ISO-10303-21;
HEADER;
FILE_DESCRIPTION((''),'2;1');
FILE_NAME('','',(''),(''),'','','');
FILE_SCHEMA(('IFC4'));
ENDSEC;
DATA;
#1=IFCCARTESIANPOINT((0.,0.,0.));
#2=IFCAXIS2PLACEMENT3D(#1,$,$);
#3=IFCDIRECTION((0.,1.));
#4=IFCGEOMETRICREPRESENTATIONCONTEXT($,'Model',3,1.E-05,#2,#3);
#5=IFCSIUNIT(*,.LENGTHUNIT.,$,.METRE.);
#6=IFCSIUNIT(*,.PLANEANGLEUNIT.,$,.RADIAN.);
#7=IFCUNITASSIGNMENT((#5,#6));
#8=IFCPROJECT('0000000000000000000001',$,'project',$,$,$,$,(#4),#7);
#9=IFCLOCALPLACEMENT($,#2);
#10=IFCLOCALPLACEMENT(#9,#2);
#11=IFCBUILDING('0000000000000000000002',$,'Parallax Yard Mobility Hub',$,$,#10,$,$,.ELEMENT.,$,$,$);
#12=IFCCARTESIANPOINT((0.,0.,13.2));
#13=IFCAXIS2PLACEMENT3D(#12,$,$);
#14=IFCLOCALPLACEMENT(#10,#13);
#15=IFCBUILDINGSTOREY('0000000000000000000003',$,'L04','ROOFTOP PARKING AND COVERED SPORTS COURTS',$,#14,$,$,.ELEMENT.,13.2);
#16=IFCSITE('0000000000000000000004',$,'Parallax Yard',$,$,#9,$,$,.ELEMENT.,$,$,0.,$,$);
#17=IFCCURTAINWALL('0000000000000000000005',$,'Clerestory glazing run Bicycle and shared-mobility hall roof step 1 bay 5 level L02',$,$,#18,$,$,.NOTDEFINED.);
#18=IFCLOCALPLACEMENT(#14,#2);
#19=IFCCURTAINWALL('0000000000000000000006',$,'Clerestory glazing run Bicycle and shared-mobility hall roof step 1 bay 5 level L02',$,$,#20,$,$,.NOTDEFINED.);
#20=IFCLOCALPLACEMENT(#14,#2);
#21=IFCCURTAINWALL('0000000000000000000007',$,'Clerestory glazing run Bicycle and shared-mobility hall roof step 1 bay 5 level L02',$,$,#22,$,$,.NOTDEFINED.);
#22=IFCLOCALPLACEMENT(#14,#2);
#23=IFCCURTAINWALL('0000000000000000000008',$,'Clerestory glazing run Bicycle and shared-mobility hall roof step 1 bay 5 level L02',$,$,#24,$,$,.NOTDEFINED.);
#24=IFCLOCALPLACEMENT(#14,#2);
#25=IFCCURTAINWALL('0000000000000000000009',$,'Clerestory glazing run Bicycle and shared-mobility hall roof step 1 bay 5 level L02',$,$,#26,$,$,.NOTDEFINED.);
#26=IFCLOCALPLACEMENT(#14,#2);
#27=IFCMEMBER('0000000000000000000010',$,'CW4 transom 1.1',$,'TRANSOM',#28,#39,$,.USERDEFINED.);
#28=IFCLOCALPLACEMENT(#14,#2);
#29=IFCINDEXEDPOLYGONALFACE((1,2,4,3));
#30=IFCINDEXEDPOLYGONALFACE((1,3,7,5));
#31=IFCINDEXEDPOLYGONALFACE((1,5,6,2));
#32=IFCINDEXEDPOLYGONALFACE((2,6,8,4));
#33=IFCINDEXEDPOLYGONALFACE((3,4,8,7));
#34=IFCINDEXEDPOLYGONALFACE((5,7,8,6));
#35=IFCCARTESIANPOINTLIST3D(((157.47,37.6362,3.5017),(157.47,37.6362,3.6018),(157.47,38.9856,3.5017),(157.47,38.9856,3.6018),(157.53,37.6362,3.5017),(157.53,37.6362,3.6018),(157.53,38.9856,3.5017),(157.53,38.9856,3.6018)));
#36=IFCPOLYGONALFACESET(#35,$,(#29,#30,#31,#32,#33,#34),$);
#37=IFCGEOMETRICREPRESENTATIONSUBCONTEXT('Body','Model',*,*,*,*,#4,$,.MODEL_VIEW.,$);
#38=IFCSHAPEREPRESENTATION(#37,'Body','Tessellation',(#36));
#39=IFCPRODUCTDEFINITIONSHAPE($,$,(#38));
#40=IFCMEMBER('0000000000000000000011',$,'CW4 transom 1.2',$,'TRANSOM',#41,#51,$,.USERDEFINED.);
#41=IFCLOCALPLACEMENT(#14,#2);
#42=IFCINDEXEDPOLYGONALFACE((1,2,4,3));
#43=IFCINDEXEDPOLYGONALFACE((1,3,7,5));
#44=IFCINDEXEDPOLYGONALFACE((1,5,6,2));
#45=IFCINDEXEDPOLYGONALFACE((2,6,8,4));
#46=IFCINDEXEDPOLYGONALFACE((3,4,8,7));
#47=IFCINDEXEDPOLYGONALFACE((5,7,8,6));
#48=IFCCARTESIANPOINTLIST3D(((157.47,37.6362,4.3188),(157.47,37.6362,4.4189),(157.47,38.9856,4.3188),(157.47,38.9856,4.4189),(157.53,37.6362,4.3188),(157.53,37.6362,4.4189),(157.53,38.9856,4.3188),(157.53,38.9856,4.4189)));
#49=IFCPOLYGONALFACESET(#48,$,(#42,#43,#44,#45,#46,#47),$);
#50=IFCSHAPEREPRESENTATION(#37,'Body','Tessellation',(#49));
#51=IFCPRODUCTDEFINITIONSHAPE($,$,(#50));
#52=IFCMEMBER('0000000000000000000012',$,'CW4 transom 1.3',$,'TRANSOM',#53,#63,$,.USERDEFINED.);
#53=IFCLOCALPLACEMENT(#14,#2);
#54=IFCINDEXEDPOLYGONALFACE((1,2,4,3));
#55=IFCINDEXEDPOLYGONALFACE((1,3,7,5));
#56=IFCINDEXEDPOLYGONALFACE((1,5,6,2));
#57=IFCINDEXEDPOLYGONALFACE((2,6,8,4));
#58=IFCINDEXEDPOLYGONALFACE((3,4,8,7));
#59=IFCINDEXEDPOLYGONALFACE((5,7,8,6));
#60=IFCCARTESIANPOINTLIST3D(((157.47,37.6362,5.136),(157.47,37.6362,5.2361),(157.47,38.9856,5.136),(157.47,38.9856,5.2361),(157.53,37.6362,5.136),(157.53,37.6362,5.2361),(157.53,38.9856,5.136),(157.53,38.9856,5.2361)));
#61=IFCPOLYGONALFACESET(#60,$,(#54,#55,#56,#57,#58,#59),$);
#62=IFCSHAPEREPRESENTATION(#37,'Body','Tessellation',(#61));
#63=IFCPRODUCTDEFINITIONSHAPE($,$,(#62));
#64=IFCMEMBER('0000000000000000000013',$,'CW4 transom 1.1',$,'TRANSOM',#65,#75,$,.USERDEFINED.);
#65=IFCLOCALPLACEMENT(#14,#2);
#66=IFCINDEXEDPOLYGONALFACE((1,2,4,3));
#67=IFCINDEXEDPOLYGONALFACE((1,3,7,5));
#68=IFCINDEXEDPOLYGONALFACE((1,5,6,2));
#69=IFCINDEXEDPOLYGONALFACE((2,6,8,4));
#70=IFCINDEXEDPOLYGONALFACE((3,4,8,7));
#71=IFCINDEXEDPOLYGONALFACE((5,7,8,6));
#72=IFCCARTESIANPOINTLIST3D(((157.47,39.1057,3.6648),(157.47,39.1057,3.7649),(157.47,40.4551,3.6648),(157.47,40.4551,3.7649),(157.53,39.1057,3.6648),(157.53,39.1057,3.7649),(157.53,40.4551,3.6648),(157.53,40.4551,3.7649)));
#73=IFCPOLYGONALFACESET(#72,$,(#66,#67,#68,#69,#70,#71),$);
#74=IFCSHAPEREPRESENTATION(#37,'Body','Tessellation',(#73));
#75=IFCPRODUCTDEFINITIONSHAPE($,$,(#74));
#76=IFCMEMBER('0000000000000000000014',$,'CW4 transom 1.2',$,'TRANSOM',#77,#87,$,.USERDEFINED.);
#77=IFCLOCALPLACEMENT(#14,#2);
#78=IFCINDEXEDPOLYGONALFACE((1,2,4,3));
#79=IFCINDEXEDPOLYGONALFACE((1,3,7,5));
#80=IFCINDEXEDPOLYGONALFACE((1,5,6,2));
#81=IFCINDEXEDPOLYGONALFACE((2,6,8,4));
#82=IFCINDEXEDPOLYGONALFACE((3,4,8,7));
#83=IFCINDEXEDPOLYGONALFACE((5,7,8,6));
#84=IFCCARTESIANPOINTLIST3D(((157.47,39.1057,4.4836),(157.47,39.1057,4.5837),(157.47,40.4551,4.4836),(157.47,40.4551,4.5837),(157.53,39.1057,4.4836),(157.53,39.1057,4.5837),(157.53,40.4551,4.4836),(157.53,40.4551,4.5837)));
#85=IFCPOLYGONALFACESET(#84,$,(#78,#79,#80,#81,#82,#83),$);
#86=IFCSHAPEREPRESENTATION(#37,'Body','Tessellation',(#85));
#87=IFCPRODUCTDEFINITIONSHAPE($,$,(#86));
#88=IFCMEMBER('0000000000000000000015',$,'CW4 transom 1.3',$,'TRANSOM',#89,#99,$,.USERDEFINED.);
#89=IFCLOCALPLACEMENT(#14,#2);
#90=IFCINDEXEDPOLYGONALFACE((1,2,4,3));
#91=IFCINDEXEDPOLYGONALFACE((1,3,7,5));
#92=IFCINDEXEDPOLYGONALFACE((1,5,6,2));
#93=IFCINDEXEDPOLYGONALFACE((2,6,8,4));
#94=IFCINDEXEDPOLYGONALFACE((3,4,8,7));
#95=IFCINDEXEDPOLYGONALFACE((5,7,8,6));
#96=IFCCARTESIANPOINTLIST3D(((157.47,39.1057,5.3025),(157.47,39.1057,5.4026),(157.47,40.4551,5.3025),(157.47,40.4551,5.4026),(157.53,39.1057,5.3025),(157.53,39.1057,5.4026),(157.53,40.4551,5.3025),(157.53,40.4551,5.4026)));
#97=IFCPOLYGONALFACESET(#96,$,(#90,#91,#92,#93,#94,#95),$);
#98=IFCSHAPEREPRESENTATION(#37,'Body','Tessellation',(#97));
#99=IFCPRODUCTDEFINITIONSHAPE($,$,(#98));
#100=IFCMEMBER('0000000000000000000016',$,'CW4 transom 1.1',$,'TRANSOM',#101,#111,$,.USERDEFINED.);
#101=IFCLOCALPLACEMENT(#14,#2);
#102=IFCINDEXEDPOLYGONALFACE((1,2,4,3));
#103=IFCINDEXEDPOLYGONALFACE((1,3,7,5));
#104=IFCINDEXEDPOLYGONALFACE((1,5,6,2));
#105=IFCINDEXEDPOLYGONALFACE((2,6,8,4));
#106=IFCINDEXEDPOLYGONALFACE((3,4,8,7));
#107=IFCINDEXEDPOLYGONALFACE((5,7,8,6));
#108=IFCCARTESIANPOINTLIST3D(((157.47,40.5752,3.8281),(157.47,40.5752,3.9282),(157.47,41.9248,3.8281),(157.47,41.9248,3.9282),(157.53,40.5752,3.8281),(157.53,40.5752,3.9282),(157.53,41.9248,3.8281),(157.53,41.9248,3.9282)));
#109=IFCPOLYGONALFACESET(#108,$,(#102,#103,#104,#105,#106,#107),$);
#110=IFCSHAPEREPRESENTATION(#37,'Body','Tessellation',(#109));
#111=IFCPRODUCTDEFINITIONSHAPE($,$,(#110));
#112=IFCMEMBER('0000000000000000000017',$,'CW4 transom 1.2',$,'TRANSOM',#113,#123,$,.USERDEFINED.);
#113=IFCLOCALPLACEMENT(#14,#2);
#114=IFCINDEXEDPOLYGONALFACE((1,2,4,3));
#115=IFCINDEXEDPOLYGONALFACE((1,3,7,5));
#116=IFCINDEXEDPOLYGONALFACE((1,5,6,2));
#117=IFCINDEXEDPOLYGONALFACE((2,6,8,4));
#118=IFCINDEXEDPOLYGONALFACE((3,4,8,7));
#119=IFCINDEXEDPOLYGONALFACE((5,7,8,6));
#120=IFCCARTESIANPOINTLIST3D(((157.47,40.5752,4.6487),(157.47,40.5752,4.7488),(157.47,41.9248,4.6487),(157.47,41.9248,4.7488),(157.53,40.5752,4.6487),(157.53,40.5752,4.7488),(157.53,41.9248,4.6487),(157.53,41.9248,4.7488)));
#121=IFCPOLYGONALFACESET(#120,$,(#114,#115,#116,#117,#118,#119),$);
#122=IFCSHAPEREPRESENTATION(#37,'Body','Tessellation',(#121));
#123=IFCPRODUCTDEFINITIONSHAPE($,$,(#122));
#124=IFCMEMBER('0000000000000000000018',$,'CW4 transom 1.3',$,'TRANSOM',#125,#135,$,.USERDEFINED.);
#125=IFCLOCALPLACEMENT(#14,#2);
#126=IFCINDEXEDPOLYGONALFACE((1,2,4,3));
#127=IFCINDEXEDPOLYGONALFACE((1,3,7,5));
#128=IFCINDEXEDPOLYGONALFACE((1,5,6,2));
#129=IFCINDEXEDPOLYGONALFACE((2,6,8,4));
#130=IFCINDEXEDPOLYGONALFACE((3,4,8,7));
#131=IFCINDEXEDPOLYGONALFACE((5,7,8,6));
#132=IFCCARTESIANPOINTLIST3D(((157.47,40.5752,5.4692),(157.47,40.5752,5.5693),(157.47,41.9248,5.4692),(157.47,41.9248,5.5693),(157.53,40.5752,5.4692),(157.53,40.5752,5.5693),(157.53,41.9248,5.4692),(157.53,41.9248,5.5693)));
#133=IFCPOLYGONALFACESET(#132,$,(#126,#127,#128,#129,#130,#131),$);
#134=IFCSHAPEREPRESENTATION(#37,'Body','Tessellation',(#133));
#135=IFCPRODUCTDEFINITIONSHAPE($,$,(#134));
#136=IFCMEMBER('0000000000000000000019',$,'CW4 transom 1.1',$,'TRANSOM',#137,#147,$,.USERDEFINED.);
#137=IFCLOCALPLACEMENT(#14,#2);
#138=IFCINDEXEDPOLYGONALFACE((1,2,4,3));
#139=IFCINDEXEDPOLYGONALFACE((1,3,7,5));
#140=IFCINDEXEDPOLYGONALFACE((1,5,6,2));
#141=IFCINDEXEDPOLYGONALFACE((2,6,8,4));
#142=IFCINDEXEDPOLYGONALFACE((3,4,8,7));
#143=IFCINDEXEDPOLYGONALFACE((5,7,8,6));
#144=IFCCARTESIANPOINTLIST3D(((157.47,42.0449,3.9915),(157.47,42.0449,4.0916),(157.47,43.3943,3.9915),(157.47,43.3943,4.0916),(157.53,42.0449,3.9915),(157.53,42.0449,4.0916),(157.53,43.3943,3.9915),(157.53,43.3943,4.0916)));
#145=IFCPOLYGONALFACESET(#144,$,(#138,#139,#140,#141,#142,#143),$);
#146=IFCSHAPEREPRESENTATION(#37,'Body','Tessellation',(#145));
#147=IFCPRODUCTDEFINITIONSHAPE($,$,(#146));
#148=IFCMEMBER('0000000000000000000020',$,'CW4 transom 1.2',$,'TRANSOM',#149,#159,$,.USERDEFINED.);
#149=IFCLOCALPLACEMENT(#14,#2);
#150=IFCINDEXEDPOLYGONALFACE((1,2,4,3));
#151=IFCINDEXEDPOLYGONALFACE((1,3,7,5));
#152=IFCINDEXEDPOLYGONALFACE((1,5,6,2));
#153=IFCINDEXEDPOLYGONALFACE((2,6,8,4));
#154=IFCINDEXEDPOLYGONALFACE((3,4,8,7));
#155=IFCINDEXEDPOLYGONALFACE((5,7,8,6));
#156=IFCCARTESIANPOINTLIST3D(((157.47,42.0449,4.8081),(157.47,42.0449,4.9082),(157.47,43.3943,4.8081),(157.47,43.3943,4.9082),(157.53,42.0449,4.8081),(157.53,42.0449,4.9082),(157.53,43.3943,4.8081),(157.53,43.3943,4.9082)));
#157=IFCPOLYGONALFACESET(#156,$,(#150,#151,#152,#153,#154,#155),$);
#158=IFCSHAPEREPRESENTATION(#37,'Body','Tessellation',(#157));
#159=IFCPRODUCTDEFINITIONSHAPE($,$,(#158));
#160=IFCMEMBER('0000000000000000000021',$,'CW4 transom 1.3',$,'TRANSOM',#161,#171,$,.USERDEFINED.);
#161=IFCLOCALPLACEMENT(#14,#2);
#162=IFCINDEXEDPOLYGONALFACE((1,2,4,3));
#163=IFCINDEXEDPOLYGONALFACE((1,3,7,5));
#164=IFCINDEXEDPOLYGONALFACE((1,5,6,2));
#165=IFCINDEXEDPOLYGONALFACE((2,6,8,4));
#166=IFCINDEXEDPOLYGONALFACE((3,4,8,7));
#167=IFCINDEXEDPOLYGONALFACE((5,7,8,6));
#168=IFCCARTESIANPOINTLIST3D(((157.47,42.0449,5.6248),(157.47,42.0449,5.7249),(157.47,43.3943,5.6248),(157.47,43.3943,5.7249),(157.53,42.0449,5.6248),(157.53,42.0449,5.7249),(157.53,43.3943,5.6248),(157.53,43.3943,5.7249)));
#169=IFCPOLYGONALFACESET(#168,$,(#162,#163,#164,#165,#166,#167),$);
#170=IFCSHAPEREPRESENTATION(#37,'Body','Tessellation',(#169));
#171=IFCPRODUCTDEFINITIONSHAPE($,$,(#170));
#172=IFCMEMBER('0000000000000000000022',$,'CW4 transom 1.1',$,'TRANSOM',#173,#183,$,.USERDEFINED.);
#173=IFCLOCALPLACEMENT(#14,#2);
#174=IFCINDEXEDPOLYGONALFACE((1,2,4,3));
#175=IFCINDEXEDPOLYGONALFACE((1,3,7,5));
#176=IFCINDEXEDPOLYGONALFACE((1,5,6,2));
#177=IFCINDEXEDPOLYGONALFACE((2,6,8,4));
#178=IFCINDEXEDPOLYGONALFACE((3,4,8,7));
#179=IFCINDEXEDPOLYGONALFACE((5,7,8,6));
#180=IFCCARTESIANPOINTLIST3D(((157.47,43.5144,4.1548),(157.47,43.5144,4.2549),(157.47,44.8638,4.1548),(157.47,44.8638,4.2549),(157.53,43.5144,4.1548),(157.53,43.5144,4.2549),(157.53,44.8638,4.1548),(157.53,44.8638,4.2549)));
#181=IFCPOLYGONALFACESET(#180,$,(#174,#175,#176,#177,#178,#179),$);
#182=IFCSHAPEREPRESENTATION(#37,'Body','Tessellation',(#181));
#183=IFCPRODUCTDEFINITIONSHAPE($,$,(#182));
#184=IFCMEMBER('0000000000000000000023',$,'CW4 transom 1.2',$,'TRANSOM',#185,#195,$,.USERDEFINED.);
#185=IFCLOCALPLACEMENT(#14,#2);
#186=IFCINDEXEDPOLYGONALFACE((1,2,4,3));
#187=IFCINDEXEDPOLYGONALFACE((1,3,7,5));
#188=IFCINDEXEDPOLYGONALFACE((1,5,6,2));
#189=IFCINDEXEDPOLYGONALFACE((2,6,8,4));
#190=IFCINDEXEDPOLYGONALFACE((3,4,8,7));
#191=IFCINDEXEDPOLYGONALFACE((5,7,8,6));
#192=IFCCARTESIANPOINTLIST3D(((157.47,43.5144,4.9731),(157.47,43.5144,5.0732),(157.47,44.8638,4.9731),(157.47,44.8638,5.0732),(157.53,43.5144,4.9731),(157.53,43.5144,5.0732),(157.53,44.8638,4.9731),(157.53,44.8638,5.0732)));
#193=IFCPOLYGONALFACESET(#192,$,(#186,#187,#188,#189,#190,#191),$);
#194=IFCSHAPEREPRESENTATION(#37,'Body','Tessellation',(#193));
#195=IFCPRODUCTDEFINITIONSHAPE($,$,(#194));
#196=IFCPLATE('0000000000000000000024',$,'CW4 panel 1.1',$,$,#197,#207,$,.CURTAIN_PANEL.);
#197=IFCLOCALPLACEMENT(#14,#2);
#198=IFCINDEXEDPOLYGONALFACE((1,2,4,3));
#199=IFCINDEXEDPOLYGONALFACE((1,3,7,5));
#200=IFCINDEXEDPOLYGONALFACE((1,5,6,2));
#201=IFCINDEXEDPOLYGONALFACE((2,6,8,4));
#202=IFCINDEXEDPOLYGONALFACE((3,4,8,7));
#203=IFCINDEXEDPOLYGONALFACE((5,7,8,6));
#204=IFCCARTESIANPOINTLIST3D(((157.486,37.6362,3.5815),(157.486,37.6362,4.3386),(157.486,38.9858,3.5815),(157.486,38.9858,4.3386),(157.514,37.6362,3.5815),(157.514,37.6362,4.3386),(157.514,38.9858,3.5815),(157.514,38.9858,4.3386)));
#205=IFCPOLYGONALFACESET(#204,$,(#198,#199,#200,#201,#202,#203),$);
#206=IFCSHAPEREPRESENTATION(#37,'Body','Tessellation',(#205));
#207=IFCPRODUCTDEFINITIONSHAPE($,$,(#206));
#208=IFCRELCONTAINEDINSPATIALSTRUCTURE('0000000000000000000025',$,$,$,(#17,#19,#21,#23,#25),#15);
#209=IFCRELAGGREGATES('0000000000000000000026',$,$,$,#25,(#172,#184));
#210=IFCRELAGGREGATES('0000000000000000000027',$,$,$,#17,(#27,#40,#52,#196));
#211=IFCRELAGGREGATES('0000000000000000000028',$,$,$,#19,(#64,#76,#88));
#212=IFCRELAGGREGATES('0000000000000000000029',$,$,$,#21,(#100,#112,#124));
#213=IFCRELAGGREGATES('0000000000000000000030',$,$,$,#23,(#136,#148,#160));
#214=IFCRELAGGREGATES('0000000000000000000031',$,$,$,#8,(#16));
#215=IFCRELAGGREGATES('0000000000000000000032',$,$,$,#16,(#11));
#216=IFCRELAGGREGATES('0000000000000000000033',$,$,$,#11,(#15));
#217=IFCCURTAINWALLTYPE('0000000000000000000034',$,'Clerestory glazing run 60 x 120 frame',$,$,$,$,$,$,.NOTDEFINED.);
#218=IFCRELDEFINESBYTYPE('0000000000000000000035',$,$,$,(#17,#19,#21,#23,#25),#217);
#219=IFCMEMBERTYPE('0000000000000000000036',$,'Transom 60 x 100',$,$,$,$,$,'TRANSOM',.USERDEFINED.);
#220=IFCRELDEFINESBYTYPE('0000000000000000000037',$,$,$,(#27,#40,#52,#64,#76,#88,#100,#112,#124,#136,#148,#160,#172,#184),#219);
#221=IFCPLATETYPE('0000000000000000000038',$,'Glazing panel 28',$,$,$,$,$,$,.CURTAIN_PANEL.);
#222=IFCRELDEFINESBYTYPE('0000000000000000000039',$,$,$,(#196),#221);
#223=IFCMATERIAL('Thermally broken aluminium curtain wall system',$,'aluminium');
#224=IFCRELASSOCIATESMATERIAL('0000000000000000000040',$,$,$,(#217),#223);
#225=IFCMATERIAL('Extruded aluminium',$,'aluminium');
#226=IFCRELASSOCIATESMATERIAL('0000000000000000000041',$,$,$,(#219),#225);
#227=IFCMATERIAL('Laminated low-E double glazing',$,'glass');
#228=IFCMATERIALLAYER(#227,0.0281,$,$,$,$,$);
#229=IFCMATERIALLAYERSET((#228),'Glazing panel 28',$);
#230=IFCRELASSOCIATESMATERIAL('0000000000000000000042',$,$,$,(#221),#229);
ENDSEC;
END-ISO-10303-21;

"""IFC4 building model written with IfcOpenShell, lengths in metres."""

from ifc_helpers import new_model, si_unit, direction, frame, origin, origin_2d, place, context, subcontext, project, spatial, rectangle, extrude, material, layer, layer_set, material_profile, profile_set, type_object, element, aggregate, save


model = new_model("IFC4")

# Units and contexts
model_context = context("Model", 3, precision=1e-05, world=origin(), true_north=direction((0.0, 1.0)))
body_context = subcontext(model_context, "Body", "Model", "MODEL_VIEW")
ifc_project = project(units=[si_unit("LENGTHUNIT", "METRE"), si_unit("PLANEANGLEUNIT", "RADIAN")], contexts=[model_context])

# Site, building, storey
site_placement = place(None, origin())
site = spatial("IfcSite", under=ifc_project, at=site_placement, Name="Parallax Yard", CompositionType="ELEMENT", RefElevation=0.0)
building_placement = place(site_placement, origin())
building = spatial("IfcBuilding", under=site, at=building_placement, Name="Parallax Yard Mobility Hub", CompositionType="ELEMENT")
storey_placement = place(building_placement, frame((0.0, 0.0, 13.2)))
storey = spatial("IfcBuildingStorey", under=building, at=storey_placement, Name="L04", Description="ROOFTOP PARKING AND COVERED SPORTS COURTS", CompositionType="ELEMENT", Elevation=13.2)

# Curtain wall
ifc_material_1 = material(Name="Thermally broken aluminium curtain wall system", Category="aluminium")
curtain_wall_type = type_object("IfcCurtainWallType", Name="Clerestory glazing run 60 x 120 frame", PredefinedType="NOTDEFINED", material=ifc_material_1)
curtain_wall_1_placement = place(storey_placement, origin())
curtain_wall_1 = element("IfcCurtainWall", 1, at=curtain_wall_1_placement, inside=storey, type_object=curtain_wall_type, Name="Clerestory glazing run Bicycle and shared-mobility hall roof step 1 bay 5 level L02", PredefinedType="NOTDEFINED")
ifc_material_2 = material(Name="Extruded aluminium", Category="aluminium")

# Curtain walls
curtain_wall_2_placement = place(storey_placement, origin())
curtain_wall_2 = element("IfcCurtainWall", 2, at=curtain_wall_2_placement, inside=storey, type_object=curtain_wall_type, Name="Clerestory glazing run Bicycle and shared-mobility hall roof step 1 bay 5 level L02", PredefinedType="NOTDEFINED")
curtain_wall_3_placement = place(storey_placement, origin())
curtain_wall_3 = element("IfcCurtainWall", 3, at=curtain_wall_3_placement, inside=storey, type_object=curtain_wall_type, Name="Clerestory glazing run Bicycle and shared-mobility hall roof step 1 bay 5 level L02", PredefinedType="NOTDEFINED")
curtain_wall_4_placement = place(storey_placement, origin())
curtain_wall_4 = element("IfcCurtainWall", 4, at=curtain_wall_4_placement, inside=storey, type_object=curtain_wall_type, Name="Clerestory glazing run Bicycle and shared-mobility hall roof step 1 bay 5 level L02", PredefinedType="NOTDEFINED")

# Curtain wall
curtain_wall_5_placement = place(storey_placement, origin())
curtain_wall_5 = element("IfcCurtainWall", 5, at=curtain_wall_5_placement, inside=storey, type_object=curtain_wall_type, Name="Clerestory glazing run Bicycle and shared-mobility hall roof step 1 bay 5 level L02", PredefinedType="NOTDEFINED")

# Members
ifc_material_profile_1 = material_profile(ifc_material_2, rectangle(XDim=0.0601, YDim=0.1001, at=origin_2d()), Name="Transom 60 x 100")
ifc_profile_set_1 = profile_set([ifc_material_profile_1], Name="Extruded aluminium")
member_type_1 = type_object("IfcMemberType", Name="Transom 60 x 100", ElementType="TRANSOM", PredefinedType="USERDEFINED", material=ifc_profile_set_1)
member_1_placement = place(storey_placement, frame((157.5, 37.6362, 3.5518), z_axis=(0.0, 1.0, 0.0), x_axis=(-1.0, 0.0, 0.0)))
member_1 = element("IfcMember", 6, at=member_1_placement, type_object=member_type_1, Name="CW4 transom 1.1", ObjectType="TRANSOM", PredefinedType="USERDEFINED", context=body_context, shape_type="SweptSolid", body=[
    extrude(rectangle(XDim=0.0601, YDim=0.1001, at=origin_2d()), origin(), (0.0, 0.0, 1.0), 1.3494),
])
member_2_placement = place(storey_placement, frame((157.5, 37.6362, 4.3689), z_axis=(0.0, 1.0, 0.0), x_axis=(-1.0, 0.0, 0.0)))
member_2 = element("IfcMember", 7, at=member_2_placement, type_object=member_type_1, Name="CW4 transom 1.2", ObjectType="TRANSOM", PredefinedType="USERDEFINED", context=body_context, shape_type="SweptSolid", body=[
    extrude(rectangle(XDim=0.0601, YDim=0.1001, at=origin_2d()), origin(), (0.0, 0.0, 1.0), 1.3494),
])
member_3_placement = place(storey_placement, frame((157.5, 37.6362, 5.186), z_axis=(0.0, 1.0, 0.0), x_axis=(-1.0, 0.0, 0.0)))
member_3 = element("IfcMember", 8, at=member_3_placement, type_object=member_type_1, Name="CW4 transom 1.3", ObjectType="TRANSOM", PredefinedType="USERDEFINED", context=body_context, shape_type="SweptSolid", body=[
    extrude(rectangle(XDim=0.0601, YDim=0.1001, at=origin_2d()), origin(), (0.0, 0.0, 1.0), 1.3494),
])
member_4_placement = place(storey_placement, frame((157.5, 39.1057, 3.7148), z_axis=(0.0, 1.0, 0.0), x_axis=(-1.0, 0.0, 0.0)))
member_4 = element("IfcMember", 9, at=member_4_placement, type_object=member_type_1, Name="CW4 transom 1.1", ObjectType="TRANSOM", PredefinedType="USERDEFINED", context=body_context, shape_type="SweptSolid", body=[
    extrude(rectangle(XDim=0.0601, YDim=0.1001, at=origin_2d()), origin(), (0.0, 0.0, 1.0), 1.3494),
])
member_5_placement = place(storey_placement, frame((157.5, 39.1057, 4.5337), z_axis=(0.0, 1.0, 0.0), x_axis=(-1.0, 0.0, 0.0)))
member_5 = element("IfcMember", 10, at=member_5_placement, type_object=member_type_1, Name="CW4 transom 1.2", ObjectType="TRANSOM", PredefinedType="USERDEFINED", context=body_context, shape_type="SweptSolid", body=[
    extrude(rectangle(XDim=0.0601, YDim=0.1001, at=origin_2d()), origin(), (0.0, 0.0, 1.0), 1.3494),
])
member_6_placement = place(storey_placement, frame((157.5, 39.1057, 5.3525), z_axis=(0.0, 1.0, 0.0), x_axis=(-1.0, 0.0, 0.0)))
member_6 = element("IfcMember", 11, at=member_6_placement, type_object=member_type_1, Name="CW4 transom 1.3", ObjectType="TRANSOM", PredefinedType="USERDEFINED", context=body_context, shape_type="SweptSolid", body=[
    extrude(rectangle(XDim=0.0601, YDim=0.1001, at=origin_2d()), origin(), (0.0, 0.0, 1.0), 1.3494),
])
member_7_placement = place(storey_placement, frame((157.5, 40.5752, 3.8782), z_axis=(0.0, 1.0, 0.0), x_axis=(-1.0, 0.0, 0.0)))
member_7 = element("IfcMember", 12, at=member_7_placement, type_object=member_type_1, Name="CW4 transom 1.1", ObjectType="TRANSOM", PredefinedType="USERDEFINED", context=body_context, shape_type="SweptSolid", body=[
    extrude(rectangle(XDim=0.0601, YDim=0.1001, at=origin_2d()), origin(), (0.0, 0.0, 1.0), 1.3496),
])
member_8_placement = place(storey_placement, frame((157.5, 40.5752, 4.6987), z_axis=(0.0, 1.0, 0.0), x_axis=(-1.0, 0.0, 0.0)))
member_8 = element("IfcMember", 13, at=member_8_placement, type_object=member_type_1, Name="CW4 transom 1.2", ObjectType="TRANSOM", PredefinedType="USERDEFINED", context=body_context, shape_type="SweptSolid", body=[
    extrude(rectangle(XDim=0.0601, YDim=0.1001, at=origin_2d()), origin(), (0.0, 0.0, 1.0), 1.3496),
])
member_9_placement = place(storey_placement, frame((157.5, 40.5752, 5.5193), z_axis=(0.0, 1.0, 0.0), x_axis=(-1.0, 0.0, 0.0)))
member_9 = element("IfcMember", 14, at=member_9_placement, type_object=member_type_1, Name="CW4 transom 1.3", ObjectType="TRANSOM", PredefinedType="USERDEFINED", context=body_context, shape_type="SweptSolid", body=[
    extrude(rectangle(XDim=0.0601, YDim=0.1001, at=origin_2d()), origin(), (0.0, 0.0, 1.0), 1.3496),
])
member_10_placement = place(storey_placement, frame((157.5, 42.0449, 4.0415), z_axis=(0.0, 1.0, 0.0), x_axis=(-1.0, 0.0, 0.0)))
member_10 = element("IfcMember", 15, at=member_10_placement, type_object=member_type_1, Name="CW4 transom 1.1", ObjectType="TRANSOM", PredefinedType="USERDEFINED", context=body_context, shape_type="SweptSolid", body=[
    extrude(rectangle(XDim=0.0601, YDim=0.1001, at=origin_2d()), origin(), (0.0, 0.0, 1.0), 1.3494),
])
member_11_placement = place(storey_placement, frame((157.5, 42.0449, 4.8582), z_axis=(0.0, 1.0, 0.0), x_axis=(-1.0, 0.0, 0.0)))
member_11 = element("IfcMember", 16, at=member_11_placement, type_object=member_type_1, Name="CW4 transom 1.2", ObjectType="TRANSOM", PredefinedType="USERDEFINED", context=body_context, shape_type="SweptSolid", body=[
    extrude(rectangle(XDim=0.0601, YDim=0.1001, at=origin_2d()), origin(), (0.0, 0.0, 1.0), 1.3494),
])
member_12_placement = place(storey_placement, frame((157.5, 42.0449, 5.6748), z_axis=(0.0, 1.0, 0.0), x_axis=(-1.0, 0.0, 0.0)))
member_12 = element("IfcMember", 17, at=member_12_placement, type_object=member_type_1, Name="CW4 transom 1.3", ObjectType="TRANSOM", PredefinedType="USERDEFINED", context=body_context, shape_type="SweptSolid", body=[
    extrude(rectangle(XDim=0.0601, YDim=0.1001, at=origin_2d()), origin(), (0.0, 0.0, 1.0), 1.3494),
])
member_13_placement = place(storey_placement, frame((157.5, 43.5144, 4.2048), z_axis=(0.0, 1.0, 0.0), x_axis=(-1.0, 0.0, 0.0)))
member_13 = element("IfcMember", 18, at=member_13_placement, type_object=member_type_1, Name="CW4 transom 1.1", ObjectType="TRANSOM", PredefinedType="USERDEFINED", context=body_context, shape_type="SweptSolid", body=[
    extrude(rectangle(XDim=0.0601, YDim=0.1001, at=origin_2d()), origin(), (0.0, 0.0, 1.0), 1.3494),
])
member_14_placement = place(storey_placement, frame((157.5, 43.5144, 5.0232), z_axis=(0.0, 1.0, 0.0), x_axis=(-1.0, 0.0, 0.0)))
member_14 = element("IfcMember", 19, at=member_14_placement, type_object=member_type_1, Name="CW4 transom 1.2", ObjectType="TRANSOM", PredefinedType="USERDEFINED", context=body_context, shape_type="SweptSolid", body=[
    extrude(rectangle(XDim=0.0601, YDim=0.1001, at=origin_2d()), origin(), (0.0, 0.0, 1.0), 1.3494),
])
aggregate(curtain_wall_5, [member_13, member_14])

# Plate
ifc_material_3 = material(Name="Laminated low-E double glazing", Category="glass")
ifc_layer = layer(ifc_material_3, 0.0281)
ifc_layer_set = layer_set([ifc_layer], Name="Glazing panel 28")
plate_type = type_object("IfcPlateType", Name="Glazing panel 28", PredefinedType="CURTAIN_PANEL", material=ifc_layer_set)
plate_1_placement = place(storey_placement, frame((157.5, 38.311, 3.5815), z_axis=(0.0, 0.0, 1.0), x_axis=(0.0, 1.0, 0.0)))
plate_1 = element("IfcPlate", 20, at=plate_1_placement, type_object=plate_type, Name="CW4 panel 1.1", PredefinedType="CURTAIN_PANEL", context=body_context, shape_type="SweptSolid", body=[
    extrude(rectangle(XDim=1.3496, YDim=0.0281, at=origin_2d()), origin(), (0.0, 0.0, 1.0), 0.7571),
])
aggregate(curtain_wall_1, [member_1, member_2, member_3, plate_1])
aggregate(curtain_wall_2, [member_4, member_5, member_6])
aggregate(curtain_wall_3, [member_7, member_8, member_9])
aggregate(curtain_wall_4, [member_10, member_11, member_12])

save(model, "model.ifc")
